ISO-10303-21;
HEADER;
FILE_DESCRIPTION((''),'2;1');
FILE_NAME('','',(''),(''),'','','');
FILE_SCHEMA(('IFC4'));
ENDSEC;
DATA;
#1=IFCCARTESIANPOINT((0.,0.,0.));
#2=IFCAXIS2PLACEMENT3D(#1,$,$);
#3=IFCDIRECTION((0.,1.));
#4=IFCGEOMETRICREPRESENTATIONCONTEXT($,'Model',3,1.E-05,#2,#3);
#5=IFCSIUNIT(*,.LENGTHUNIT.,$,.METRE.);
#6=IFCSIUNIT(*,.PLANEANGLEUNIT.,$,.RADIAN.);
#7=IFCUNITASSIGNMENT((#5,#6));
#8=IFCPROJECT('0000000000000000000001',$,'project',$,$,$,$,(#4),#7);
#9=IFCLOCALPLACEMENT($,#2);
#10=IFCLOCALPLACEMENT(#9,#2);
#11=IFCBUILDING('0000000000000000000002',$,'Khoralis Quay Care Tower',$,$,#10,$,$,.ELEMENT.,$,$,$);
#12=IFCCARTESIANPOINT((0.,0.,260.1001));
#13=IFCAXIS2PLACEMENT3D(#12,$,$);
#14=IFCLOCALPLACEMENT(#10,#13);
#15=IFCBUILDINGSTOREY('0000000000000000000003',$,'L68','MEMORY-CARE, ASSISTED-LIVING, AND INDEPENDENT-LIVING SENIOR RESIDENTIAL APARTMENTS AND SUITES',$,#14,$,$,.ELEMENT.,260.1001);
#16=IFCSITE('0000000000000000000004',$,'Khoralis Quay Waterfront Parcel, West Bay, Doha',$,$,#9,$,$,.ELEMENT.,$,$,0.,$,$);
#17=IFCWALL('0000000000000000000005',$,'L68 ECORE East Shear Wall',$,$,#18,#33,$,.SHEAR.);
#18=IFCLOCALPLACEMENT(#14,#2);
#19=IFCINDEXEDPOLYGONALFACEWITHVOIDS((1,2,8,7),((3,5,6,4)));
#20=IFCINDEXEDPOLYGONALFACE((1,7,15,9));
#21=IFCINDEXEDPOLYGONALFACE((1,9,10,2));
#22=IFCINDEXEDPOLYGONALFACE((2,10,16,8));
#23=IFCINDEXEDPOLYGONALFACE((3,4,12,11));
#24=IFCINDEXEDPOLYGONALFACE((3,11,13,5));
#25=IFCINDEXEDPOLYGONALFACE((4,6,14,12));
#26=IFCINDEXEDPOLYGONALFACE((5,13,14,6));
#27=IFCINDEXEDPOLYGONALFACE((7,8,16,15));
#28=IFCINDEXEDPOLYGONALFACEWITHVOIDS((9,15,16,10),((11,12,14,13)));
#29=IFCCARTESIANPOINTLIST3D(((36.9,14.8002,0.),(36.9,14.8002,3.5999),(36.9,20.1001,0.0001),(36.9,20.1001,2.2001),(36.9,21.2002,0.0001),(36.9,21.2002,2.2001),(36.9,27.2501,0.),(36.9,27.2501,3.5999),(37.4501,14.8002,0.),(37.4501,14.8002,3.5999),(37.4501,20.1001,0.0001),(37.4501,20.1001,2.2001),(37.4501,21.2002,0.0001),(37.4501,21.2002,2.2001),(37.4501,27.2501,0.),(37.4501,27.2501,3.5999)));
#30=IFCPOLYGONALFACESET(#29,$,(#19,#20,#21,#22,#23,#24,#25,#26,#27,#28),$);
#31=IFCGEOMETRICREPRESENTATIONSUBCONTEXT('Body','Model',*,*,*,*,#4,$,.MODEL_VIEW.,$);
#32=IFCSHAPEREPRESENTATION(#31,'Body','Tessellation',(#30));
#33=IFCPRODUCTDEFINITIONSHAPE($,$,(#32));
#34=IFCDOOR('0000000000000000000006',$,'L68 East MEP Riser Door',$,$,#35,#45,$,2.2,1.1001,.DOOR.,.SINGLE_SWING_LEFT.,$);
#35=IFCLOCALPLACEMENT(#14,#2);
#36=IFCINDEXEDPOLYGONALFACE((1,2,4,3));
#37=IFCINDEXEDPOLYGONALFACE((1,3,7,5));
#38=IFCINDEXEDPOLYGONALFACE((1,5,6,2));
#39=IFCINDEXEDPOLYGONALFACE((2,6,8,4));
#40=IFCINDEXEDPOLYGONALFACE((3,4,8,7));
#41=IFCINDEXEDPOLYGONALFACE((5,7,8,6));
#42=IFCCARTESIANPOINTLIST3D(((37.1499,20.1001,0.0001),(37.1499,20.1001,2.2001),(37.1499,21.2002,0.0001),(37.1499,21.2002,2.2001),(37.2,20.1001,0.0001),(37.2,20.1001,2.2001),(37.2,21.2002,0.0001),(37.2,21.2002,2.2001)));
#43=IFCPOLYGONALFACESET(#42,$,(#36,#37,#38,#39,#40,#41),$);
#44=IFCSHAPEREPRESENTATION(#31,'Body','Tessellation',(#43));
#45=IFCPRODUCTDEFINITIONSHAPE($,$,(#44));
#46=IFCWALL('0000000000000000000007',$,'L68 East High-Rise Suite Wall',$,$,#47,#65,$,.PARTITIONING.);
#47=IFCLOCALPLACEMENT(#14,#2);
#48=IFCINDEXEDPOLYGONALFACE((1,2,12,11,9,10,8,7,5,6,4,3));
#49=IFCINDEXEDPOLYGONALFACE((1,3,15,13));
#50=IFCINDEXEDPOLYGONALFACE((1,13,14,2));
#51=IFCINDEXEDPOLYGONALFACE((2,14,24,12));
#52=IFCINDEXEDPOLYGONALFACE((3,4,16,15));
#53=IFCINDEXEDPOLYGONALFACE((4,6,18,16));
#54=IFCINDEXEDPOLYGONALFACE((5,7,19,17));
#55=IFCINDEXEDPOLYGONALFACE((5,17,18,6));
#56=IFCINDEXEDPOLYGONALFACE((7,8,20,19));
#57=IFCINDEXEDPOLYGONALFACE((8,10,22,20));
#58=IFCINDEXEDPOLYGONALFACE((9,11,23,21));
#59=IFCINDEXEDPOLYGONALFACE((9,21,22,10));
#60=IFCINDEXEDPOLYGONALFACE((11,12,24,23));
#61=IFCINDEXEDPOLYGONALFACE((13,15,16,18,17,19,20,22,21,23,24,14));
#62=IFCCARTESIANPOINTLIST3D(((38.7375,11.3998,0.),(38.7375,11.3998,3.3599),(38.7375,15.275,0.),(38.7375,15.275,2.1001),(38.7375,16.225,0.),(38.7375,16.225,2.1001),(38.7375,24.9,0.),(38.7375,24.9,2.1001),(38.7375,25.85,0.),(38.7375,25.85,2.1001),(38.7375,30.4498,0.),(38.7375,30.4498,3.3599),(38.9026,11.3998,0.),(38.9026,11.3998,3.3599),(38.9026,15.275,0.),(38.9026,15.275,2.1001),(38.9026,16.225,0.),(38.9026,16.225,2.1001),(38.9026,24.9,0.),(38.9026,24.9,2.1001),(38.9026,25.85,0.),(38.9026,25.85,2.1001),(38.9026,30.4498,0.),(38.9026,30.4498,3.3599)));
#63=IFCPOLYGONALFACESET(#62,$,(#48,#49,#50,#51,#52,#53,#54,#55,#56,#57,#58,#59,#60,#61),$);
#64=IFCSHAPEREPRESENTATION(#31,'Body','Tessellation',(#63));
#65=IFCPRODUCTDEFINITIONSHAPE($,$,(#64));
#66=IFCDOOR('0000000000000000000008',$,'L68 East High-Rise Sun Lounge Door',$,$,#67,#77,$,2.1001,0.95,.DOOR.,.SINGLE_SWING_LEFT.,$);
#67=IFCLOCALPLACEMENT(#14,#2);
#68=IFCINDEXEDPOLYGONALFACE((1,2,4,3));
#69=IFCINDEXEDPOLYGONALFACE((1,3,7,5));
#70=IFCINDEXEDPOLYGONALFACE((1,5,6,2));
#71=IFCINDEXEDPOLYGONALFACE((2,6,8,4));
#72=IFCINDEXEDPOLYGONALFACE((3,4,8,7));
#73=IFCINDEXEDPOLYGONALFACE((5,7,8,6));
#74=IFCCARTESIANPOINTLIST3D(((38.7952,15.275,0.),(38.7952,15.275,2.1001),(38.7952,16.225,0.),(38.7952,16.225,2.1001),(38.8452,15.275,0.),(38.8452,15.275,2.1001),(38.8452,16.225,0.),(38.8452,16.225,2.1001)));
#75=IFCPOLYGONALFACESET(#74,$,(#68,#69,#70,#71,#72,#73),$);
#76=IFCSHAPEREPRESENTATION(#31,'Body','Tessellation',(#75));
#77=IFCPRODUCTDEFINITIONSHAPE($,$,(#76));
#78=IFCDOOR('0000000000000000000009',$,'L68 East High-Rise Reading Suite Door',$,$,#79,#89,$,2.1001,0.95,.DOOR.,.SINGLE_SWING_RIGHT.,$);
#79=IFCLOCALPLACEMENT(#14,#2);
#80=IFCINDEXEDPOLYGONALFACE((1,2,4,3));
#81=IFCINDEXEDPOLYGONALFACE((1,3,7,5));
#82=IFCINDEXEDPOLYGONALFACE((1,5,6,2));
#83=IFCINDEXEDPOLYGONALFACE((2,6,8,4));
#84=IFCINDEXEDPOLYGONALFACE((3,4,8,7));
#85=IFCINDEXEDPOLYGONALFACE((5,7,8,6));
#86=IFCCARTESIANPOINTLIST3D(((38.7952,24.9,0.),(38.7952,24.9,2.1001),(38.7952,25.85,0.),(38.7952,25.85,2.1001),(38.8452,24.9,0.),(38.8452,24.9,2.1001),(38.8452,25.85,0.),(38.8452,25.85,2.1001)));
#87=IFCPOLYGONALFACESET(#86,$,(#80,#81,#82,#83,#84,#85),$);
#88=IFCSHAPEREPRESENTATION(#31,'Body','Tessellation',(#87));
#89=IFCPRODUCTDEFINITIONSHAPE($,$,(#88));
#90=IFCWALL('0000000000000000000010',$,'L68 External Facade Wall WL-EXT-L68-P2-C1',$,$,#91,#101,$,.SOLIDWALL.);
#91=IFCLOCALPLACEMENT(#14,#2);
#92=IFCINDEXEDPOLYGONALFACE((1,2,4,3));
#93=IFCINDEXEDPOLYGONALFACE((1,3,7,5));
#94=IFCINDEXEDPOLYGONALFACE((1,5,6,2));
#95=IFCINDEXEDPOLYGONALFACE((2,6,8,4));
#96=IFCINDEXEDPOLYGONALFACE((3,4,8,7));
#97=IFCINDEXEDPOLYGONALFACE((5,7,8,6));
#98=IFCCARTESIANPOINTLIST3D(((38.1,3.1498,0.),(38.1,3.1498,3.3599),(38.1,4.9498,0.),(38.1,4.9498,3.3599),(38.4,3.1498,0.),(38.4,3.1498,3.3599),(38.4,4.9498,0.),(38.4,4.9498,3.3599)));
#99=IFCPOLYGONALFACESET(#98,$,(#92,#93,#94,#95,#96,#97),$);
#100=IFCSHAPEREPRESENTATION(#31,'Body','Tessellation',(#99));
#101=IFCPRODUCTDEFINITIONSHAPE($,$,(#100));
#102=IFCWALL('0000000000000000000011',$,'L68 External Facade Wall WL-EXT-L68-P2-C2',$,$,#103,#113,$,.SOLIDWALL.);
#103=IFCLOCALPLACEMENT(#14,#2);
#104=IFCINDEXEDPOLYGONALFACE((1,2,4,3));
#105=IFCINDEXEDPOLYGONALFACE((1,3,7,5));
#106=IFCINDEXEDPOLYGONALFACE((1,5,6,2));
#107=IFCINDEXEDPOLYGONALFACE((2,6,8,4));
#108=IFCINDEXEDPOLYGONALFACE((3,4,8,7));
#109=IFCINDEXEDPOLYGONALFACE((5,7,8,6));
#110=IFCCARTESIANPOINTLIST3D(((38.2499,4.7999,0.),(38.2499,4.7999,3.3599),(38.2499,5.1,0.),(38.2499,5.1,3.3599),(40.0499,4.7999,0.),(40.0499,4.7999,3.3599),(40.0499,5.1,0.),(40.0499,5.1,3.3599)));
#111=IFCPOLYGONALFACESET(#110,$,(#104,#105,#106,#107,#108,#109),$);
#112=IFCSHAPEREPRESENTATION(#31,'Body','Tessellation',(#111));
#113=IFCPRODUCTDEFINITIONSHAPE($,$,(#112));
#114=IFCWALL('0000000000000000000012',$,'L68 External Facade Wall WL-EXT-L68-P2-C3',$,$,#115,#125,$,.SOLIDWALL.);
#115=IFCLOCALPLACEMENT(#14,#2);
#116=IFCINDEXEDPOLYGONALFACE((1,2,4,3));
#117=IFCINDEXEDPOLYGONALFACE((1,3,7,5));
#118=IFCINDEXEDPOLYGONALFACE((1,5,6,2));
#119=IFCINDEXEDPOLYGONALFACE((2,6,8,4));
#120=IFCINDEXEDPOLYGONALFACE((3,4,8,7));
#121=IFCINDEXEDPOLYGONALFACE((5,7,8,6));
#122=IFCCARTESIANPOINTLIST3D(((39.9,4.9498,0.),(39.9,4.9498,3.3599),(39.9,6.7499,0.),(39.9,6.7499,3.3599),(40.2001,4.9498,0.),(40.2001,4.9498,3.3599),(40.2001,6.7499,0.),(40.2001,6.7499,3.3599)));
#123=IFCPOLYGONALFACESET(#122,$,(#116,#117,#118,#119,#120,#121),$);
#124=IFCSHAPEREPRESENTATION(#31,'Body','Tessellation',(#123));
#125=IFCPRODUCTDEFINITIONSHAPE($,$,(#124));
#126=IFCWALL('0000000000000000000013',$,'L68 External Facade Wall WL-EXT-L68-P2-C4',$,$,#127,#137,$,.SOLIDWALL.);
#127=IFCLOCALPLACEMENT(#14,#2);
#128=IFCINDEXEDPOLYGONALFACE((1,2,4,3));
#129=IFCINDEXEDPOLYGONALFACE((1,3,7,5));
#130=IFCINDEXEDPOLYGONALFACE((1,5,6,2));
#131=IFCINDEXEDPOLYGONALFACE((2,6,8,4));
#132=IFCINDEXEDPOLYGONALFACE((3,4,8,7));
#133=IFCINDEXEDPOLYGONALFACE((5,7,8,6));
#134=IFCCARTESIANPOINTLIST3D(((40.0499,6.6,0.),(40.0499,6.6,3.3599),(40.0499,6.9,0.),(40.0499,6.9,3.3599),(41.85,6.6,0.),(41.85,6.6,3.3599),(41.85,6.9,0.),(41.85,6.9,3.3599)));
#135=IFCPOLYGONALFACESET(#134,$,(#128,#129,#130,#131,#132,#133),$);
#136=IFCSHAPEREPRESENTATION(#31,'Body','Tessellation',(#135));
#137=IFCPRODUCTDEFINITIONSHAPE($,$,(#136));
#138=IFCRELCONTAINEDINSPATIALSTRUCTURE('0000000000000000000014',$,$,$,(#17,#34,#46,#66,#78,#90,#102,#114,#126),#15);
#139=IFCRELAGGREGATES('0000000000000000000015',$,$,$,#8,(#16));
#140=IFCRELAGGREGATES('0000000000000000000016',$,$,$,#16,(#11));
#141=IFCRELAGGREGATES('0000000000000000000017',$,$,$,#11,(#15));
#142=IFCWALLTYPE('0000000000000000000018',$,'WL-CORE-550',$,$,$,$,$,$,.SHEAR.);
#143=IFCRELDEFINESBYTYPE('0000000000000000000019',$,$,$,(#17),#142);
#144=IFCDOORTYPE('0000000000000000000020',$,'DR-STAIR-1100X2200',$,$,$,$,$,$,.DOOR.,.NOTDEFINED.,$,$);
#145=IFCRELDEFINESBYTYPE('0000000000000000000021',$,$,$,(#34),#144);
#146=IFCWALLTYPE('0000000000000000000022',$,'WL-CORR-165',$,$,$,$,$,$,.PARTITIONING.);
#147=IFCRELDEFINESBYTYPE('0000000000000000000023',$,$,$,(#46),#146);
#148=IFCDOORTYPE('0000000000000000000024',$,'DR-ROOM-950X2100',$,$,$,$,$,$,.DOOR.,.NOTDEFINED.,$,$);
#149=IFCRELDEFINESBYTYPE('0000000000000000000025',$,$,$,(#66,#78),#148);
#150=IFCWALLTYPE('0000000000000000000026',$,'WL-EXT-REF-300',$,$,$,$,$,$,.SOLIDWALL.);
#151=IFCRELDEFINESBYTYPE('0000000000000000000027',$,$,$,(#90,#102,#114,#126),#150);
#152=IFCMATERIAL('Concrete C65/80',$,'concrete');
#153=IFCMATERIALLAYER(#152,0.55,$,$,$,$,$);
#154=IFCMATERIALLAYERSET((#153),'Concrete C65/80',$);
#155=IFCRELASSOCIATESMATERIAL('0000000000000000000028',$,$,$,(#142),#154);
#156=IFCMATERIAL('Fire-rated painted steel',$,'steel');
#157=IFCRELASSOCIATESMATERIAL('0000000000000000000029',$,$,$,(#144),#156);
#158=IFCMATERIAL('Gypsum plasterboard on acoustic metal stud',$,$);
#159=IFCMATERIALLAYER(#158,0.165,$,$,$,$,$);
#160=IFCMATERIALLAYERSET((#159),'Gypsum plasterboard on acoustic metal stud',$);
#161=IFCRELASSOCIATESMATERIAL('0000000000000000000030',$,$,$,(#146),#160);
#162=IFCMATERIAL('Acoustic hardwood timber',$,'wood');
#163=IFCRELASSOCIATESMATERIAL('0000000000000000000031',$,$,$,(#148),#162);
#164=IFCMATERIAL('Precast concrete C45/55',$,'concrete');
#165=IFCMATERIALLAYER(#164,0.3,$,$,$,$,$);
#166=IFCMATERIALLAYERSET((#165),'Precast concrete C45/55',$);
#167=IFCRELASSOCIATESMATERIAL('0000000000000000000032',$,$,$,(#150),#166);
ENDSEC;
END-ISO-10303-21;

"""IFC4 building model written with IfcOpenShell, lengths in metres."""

from ifc_helpers import new_model, si_unit, direction, frame, frame_2d, origin, place, context, subcontext, project, spatial, rectangle, extrude, source, transform, mapped, material, layer, layer_set, type_object, element, fill, save


model = new_model("IFC4")

# Units and contexts
model_context = context("Model", 3, precision=1e-05, world=origin(), true_north=direction((0.0, 1.0)))
body_context = subcontext(model_context, "Body", "Model", "MODEL_VIEW")
ifc_project = project(units=[si_unit("LENGTHUNIT", "METRE"), si_unit("PLANEANGLEUNIT", "RADIAN")], contexts=[model_context])

# Site, building, storey
site_placement = place(None, origin())
site = spatial("IfcSite", under=ifc_project, at=site_placement, Name="Khoralis Quay Waterfront Parcel, West Bay, Doha", CompositionType="ELEMENT", RefElevation=0.0)
building_placement = place(site_placement, origin())
building = spatial("IfcBuilding", under=site, at=building_placement, Name="Khoralis Quay Care Tower", CompositionType="ELEMENT")
storey_placement = place(building_placement, frame((0.0, 0.0, 260.1001)))
storey = spatial("IfcBuildingStorey", under=building, at=storey_placement, Name="L68", Description="MEMORY-CARE, ASSISTED-LIVING, AND INDEPENDENT-LIVING SENIOR RESIDENTIAL APARTMENTS AND SUITES", CompositionType="ELEMENT", Elevation=260.1001)

# Shared definitions
ifc_material_1 = material(Name="Gypsum plasterboard on acoustic metal stud")

# Wall, opening, door
ifc_material_2 = material(Name="Concrete C65/80", Category="concrete")
ifc_layer_1 = layer(ifc_material_2, 0.55)
ifc_layer_set_1 = layer_set([ifc_layer_1], Name="Concrete C65/80")
wall_type_1 = type_object("IfcWallType", Name="WL-CORE-550", PredefinedType="SHEAR", material=ifc_layer_set_1)
wall_1_placement = place(storey_placement, frame((37.175, 14.8, 0.0), z_axis=(0.0, 0.0, 1.0), x_axis=(0.0, 1.0, 0.0)))
wall_1 = element("IfcWall", 1, at=wall_1_placement, inside=storey, type_object=wall_type_1, Name="L68 ECORE East Shear Wall", PredefinedType="SHEAR", context=body_context, shape_type="SweptSolid", body=[
    extrude(rectangle(XDim=12.45, YDim=0.55, at=frame_2d((6.2251, 0.0))), origin(), (0.0, 0.0, 1.0), 3.5999),
])
opening_1_placement = place(wall_1_placement, frame((5.3, 0.0, 0.0)))
opening_1 = element("IfcOpeningElement", 2, at=opening_1_placement, cuts=wall_1, PredefinedType="OPENING", context=body_context, shape_type="SweptSolid", body=[
    extrude(rectangle(XDim=1.1001, YDim=2.2, at=frame_2d((0.55, 1.1001))), frame((0.0, 0.2852, 0.0), z_axis=(0.0, -1.0, 0.0), x_axis=(1.0, 0.0, 0.0)), (0.0, 0.0, 1.0), 0.5701),
])
ifc_material_3 = material(Name="Fire-rated painted steel", Category="steel")
door_type_1 = type_object("IfcDoorType", Name="DR-STAIR-1100X2200", OperationType="NOTDEFINED", PredefinedType="DOOR", material=ifc_material_3)
shared_shape_1 = source(origin(), body_context, "Body", "SweptSolid", [
    extrude(rectangle(XDim=1.1001, YDim=2.2, at=frame_2d((0.55, 1.1001))), frame((0.0, 0.0249, 0.0), z_axis=(0.0, -1.0, 0.0), x_axis=(1.0, 0.0, 0.0)), (0.0, 0.0, 1.0), 0.05),
])
door_1_placement = place(opening_1_placement, frame((1.1001, 0.0, 0.0), z_axis=(0.0, 0.0, 1.0), x_axis=(-1.0, 0.0, 0.0)))
door_1 = element("IfcDoor", 3, at=door_1_placement, inside=storey, type_object=door_type_1, Name="L68 East MEP Riser Door", OperationType="SINGLE_SWING_LEFT", OverallHeight=2.2, OverallWidth=1.1001, PredefinedType="DOOR", context=body_context, shape_type="MappedRepresentation", body=[
    mapped(shared_shape_1, transform((0.0, 0.0, 0.0), scale=1.0)),
])
fill(opening_1, door_1)

# Wall, openings, doors
ifc_layer_2 = layer(ifc_material_1, 0.165)
ifc_layer_set_2 = layer_set([ifc_layer_2], Name="Gypsum plasterboard on acoustic metal stud")
wall_type_2 = type_object("IfcWallType", Name="WL-CORR-165", PredefinedType="PARTITIONING", material=ifc_layer_set_2)
wall_2_placement = place(storey_placement, frame((38.8201, 11.3999, 0.0), z_axis=(0.0, 0.0, 1.0), x_axis=(0.0, 1.0, 0.0)))
wall_2 = element("IfcWall", 4, at=wall_2_placement, inside=storey, type_object=wall_type_2, Name="L68 East High-Rise Suite Wall", PredefinedType="PARTITIONING", context=body_context, shape_type="SweptSolid", body=[
    extrude(rectangle(XDim=19.05, YDim=0.165, at=frame_2d((9.5249, 0.0))), origin(), (0.0, 0.0, 1.0), 3.3599),
])
opening_2_placement = place(wall_2_placement, frame((3.875, 0.0, 0.0)))
opening_2 = element("IfcOpeningElement", 5, at=opening_2_placement, cuts=wall_2, PredefinedType="OPENING", context=body_context, shape_type="SweptSolid", body=[
    extrude(rectangle(XDim=0.95, YDim=2.1001, at=frame_2d((0.4751, 1.05))), frame((0.0, 0.0925, 0.0), z_axis=(0.0, -1.0, 0.0), x_axis=(1.0, 0.0, 0.0)), (0.0, 0.0, 1.0), 0.1851),
])
opening_3_placement = place(wall_2_placement, frame((13.5, 0.0, 0.0)))
opening_3 = element("IfcOpeningElement", 6, at=opening_3_placement, cuts=wall_2, PredefinedType="OPENING", context=body_context, shape_type="SweptSolid", body=[
    extrude(rectangle(XDim=0.95, YDim=2.1001, at=frame_2d((0.4751, 1.05))), frame((0.0, 0.0925, 0.0), z_axis=(0.0, -1.0, 0.0), x_axis=(1.0, 0.0, 0.0)), (0.0, 0.0, 1.0), 0.1851),
])
ifc_material_4 = material(Name="Acoustic hardwood timber", Category="wood")
door_type_2 = type_object("IfcDoorType", Name="DR-ROOM-950X2100", OperationType="NOTDEFINED", PredefinedType="DOOR", material=ifc_material_4)
shared_shape_2 = source(origin(), body_context, "Body", "SweptSolid", [
    extrude(rectangle(XDim=0.95, YDim=2.1001, at=frame_2d((0.4751, 1.05))), frame((0.0, 0.0249, 0.0), z_axis=(0.0, -1.0, 0.0), x_axis=(1.0, 0.0, 0.0)), (0.0, 0.0, 1.0), 0.05),
])
door_2_placement = place(opening_2_placement, origin())
door_2 = element("IfcDoor", 7, at=door_2_placement, inside=storey, type_object=door_type_2, Name="L68 East High-Rise Sun Lounge Door", OperationType="SINGLE_SWING_LEFT", OverallHeight=2.1001, OverallWidth=0.95, PredefinedType="DOOR", context=body_context, shape_type="MappedRepresentation", body=[
    mapped(shared_shape_2, transform((0.0, 0.0, 0.0), scale=1.0)),
])
fill(opening_2, door_2)
door_3_placement = place(opening_3_placement, origin())
door_3 = element("IfcDoor", 8, at=door_3_placement, inside=storey, type_object=door_type_2, Name="L68 East High-Rise Reading Suite Door", OperationType="SINGLE_SWING_RIGHT", OverallHeight=2.1001, OverallWidth=0.95, PredefinedType="DOOR", context=body_context, shape_type="MappedRepresentation", body=[
    mapped(shared_shape_2, transform((0.0, 0.0, 0.0), scale=1.0)),
])
fill(opening_3, door_3)

# Walls
ifc_material_5 = material(Name="Precast concrete C45/55", Category="concrete")
ifc_layer_3 = layer(ifc_material_5, 0.3)
ifc_layer_set_3 = layer_set([ifc_layer_3], Name="Precast concrete C45/55")
wall_type_3 = type_object("IfcWallType", Name="WL-EXT-REF-300", PredefinedType="SOLIDWALL", material=ifc_layer_set_3)
for number, where, z_axis, x_axis, name in (
    (9, (38.25, 3.1499, 0.0), (0.0, 0.0, 1.0), (0.0, 1.0, 0.0), "L68 External Facade Wall WL-EXT-L68-P2-C1"),
    (10, (38.25, 4.95, 0.0), (0.0, 0.0, 1.0), (1.0, 0.0, 0.0), "L68 External Facade Wall WL-EXT-L68-P2-C2"),
    (11, (40.05, 4.95, 0.0), (0.0, 0.0, 1.0), (0.0, 1.0, 0.0), "L68 External Facade Wall WL-EXT-L68-P2-C3"),
    (12, (40.05, 6.75, 0.0), (0.0, 0.0, 1.0), (1.0, 0.0, 0.0), "L68 External Facade Wall WL-EXT-L68-P2-C4"),
):
    element("IfcWall", number, at=place(storey_placement, frame(where, z_axis=z_axis, x_axis=x_axis)), inside=storey, type_object=wall_type_3, Name=name, PredefinedType="SOLIDWALL", context=body_context, shape_type="SweptSolid", body=[
        extrude(rectangle(XDim=1.8, YDim=0.3, at=frame_2d((0.8999, 0.0))), origin(), (0.0, 0.0, 1.0), 3.3599),
    ])

save(model, "model.ifc")
